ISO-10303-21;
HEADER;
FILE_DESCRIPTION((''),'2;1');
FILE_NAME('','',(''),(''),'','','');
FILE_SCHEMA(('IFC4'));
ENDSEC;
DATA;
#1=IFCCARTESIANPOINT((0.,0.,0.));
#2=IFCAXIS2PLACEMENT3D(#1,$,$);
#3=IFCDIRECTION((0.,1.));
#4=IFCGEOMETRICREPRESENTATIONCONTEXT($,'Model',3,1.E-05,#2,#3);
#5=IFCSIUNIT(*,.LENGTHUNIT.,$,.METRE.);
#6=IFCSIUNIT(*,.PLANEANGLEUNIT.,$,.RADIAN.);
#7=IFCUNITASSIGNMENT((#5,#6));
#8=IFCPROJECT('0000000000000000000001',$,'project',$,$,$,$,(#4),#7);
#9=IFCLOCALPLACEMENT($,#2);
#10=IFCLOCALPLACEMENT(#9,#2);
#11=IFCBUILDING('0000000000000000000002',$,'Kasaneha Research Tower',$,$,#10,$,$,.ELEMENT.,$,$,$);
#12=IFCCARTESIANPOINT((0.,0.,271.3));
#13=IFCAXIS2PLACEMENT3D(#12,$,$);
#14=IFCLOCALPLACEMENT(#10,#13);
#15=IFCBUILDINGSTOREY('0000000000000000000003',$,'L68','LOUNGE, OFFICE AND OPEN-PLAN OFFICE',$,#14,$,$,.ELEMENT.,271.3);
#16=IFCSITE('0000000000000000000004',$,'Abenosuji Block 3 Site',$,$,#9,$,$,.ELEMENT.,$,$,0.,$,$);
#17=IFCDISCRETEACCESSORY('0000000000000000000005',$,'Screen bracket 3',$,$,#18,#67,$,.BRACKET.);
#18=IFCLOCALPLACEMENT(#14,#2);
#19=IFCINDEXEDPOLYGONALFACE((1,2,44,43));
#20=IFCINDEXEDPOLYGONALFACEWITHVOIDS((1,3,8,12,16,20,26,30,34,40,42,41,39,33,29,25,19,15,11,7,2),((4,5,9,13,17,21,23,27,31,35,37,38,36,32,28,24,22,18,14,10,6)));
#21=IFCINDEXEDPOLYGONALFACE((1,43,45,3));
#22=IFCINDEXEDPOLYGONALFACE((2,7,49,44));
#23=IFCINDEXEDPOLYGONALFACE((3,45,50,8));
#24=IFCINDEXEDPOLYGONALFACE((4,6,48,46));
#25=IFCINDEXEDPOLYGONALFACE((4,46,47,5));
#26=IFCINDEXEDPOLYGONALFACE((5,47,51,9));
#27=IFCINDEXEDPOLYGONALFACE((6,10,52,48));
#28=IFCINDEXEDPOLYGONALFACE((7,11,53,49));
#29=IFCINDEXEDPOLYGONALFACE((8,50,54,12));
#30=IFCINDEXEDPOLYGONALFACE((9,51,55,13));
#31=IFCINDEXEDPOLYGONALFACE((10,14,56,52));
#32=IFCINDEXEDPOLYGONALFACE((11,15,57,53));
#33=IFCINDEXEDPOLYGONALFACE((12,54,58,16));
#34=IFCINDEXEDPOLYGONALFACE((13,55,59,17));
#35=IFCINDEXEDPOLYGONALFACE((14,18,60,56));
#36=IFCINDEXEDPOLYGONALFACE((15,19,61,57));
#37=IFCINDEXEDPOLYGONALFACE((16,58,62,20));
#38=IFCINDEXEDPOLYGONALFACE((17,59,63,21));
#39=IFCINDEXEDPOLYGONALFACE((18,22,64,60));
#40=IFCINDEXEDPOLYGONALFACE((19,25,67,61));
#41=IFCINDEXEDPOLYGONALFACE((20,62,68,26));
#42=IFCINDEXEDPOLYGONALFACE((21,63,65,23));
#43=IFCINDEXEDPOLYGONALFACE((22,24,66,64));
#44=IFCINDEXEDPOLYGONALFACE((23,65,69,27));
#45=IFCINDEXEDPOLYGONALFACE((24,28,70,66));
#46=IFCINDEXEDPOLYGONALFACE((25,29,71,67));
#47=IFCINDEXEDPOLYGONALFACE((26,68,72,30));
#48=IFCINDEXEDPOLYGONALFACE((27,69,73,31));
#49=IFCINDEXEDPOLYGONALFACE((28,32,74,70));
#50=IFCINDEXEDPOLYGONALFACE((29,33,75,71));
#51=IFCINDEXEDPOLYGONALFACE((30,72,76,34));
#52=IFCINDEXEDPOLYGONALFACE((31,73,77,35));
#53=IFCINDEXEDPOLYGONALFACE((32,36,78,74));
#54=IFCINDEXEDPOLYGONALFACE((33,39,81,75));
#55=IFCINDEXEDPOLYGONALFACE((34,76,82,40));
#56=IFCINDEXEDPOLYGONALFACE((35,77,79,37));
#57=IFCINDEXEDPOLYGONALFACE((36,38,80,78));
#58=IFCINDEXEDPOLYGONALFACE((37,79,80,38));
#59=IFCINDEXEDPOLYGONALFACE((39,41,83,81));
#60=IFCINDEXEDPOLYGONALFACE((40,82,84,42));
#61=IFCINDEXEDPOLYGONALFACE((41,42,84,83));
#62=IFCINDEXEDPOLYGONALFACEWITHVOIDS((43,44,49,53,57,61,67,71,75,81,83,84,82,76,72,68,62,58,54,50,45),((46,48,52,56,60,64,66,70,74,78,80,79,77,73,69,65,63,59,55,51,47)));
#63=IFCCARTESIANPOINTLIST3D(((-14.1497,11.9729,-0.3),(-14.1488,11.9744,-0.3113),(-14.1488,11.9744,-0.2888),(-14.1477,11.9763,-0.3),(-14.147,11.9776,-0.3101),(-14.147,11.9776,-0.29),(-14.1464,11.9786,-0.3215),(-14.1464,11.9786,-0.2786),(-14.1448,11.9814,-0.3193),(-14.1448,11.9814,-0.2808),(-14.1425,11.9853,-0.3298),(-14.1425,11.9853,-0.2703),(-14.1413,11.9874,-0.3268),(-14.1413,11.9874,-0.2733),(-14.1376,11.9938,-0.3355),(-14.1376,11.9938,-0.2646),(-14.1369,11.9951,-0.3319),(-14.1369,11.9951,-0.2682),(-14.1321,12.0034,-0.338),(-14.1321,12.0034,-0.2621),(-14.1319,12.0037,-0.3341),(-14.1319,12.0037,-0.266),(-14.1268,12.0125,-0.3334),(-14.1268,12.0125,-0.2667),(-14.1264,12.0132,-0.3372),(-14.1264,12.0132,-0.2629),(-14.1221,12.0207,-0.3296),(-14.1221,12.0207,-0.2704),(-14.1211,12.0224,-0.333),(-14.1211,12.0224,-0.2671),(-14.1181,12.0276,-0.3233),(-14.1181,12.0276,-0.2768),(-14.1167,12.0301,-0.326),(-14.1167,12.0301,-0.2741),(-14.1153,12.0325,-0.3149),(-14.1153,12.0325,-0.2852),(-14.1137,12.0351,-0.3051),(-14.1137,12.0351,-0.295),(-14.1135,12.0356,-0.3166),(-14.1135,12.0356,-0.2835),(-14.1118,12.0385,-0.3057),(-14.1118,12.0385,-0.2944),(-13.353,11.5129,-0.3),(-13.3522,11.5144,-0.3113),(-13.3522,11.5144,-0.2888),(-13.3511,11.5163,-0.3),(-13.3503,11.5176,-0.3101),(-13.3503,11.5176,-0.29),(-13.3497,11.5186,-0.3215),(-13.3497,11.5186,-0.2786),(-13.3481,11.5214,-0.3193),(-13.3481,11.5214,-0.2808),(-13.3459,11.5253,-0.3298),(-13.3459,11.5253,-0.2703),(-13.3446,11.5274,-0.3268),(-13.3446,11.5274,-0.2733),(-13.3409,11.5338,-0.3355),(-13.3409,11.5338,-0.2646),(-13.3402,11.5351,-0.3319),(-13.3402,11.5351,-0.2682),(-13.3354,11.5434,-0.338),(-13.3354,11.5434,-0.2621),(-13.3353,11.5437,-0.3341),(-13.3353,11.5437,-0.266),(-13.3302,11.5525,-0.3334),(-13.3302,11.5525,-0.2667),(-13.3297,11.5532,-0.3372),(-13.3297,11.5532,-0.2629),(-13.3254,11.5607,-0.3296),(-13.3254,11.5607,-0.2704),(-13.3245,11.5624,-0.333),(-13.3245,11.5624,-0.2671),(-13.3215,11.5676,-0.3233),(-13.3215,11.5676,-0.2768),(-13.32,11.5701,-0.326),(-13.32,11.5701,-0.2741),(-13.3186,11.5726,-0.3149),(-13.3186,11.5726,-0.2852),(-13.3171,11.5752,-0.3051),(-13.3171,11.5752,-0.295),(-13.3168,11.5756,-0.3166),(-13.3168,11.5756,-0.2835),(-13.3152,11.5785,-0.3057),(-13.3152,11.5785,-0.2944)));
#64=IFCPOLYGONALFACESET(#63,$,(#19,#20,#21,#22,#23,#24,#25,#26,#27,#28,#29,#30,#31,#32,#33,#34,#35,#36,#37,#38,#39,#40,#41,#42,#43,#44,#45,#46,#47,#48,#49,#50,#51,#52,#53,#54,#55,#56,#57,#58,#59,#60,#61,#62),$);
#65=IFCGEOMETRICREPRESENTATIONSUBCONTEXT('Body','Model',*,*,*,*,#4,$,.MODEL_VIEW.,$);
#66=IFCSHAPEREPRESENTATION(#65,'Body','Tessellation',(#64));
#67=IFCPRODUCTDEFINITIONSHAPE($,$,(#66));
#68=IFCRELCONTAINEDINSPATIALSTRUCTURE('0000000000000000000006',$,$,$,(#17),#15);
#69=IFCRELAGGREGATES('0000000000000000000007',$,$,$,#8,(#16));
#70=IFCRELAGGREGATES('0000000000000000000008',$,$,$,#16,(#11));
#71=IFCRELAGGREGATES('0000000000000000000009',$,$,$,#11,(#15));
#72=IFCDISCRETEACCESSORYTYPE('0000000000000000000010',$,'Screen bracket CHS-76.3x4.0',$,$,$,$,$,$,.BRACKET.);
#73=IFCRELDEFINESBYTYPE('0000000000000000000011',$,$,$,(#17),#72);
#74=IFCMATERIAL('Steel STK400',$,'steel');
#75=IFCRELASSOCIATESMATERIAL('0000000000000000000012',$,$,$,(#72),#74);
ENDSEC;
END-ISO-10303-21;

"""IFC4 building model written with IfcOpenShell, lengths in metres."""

from ifc_helpers import new_model, si_unit, direction, frame, origin, origin_2d, place, context, subcontext, project, spatial, hollow_circle, extrude, material, material_profile, profile_set, type_object, element, save


model = new_model("IFC4")

# Units and contexts
model_context = context("Model", 3, precision=1e-05, world=origin(), true_north=direction((0.0, 1.0)))
body_context = subcontext(model_context, "Body", "Model", "MODEL_VIEW")
ifc_project = project(units=[si_unit("LENGTHUNIT", "METRE"), si_unit("PLANEANGLEUNIT", "RADIAN")], contexts=[model_context])

# Site, building, storey
site_placement = place(None, origin())
site = spatial("IfcSite", under=ifc_project, at=site_placement, Name="Abenosuji Block 3 Site", CompositionType="ELEMENT", RefElevation=0.0)
building_placement = place(site_placement, origin())
building = spatial("IfcBuilding", under=site, at=building_placement, Name="Kasaneha Research Tower", CompositionType="ELEMENT")
storey_placement = place(building_placement, frame((0.0, 0.0, 271.3)))
storey = spatial("IfcBuildingStorey", under=building, at=storey_placement, Name="L68", Description="LOUNGE, OFFICE AND OPEN-PLAN OFFICE", CompositionType="ELEMENT", Elevation=271.3)

# Discrete accessory
ifc_material_1 = material(Name="Steel STK400", Category="steel")
ifc_material_profile_1 = material_profile(ifc_material_1, hollow_circle(Radius=0.0381, WallThickness=0.0039, at=origin_2d()), Name="CHS-76.3x4.0")
ifc_profile_set_1 = profile_set([ifc_material_profile_1], Name="Steel STK400")
discrete_accessory_type = type_object("IfcDiscreteAccessoryType", Name="Screen bracket CHS-76.3x4.0", PredefinedType="BRACKET", material=ifc_profile_set_1)
for number, where, z_axis, x_axis, name in (
    (1, (-13.334, 11.5459, -0.3), (-0.866013, 0.500021, 0.0), (-0.500021, -0.866013, 0.0), "Screen bracket 3"),
):
    element("IfcDiscreteAccessory", number, at=place(storey_placement, frame(where, z_axis=z_axis, x_axis=x_axis)), inside=storey, type_object=discrete_accessory_type, Name=name, PredefinedType="BRACKET", context=body_context, shape_type="SweptSolid", body=[
        extrude(hollow_circle(Radius=0.0381, WallThickness=0.0039, at=origin_2d()), origin(), (0.0, 0.0, 1.0), 0.9199),
    ])

save(model, "model.ifc")
